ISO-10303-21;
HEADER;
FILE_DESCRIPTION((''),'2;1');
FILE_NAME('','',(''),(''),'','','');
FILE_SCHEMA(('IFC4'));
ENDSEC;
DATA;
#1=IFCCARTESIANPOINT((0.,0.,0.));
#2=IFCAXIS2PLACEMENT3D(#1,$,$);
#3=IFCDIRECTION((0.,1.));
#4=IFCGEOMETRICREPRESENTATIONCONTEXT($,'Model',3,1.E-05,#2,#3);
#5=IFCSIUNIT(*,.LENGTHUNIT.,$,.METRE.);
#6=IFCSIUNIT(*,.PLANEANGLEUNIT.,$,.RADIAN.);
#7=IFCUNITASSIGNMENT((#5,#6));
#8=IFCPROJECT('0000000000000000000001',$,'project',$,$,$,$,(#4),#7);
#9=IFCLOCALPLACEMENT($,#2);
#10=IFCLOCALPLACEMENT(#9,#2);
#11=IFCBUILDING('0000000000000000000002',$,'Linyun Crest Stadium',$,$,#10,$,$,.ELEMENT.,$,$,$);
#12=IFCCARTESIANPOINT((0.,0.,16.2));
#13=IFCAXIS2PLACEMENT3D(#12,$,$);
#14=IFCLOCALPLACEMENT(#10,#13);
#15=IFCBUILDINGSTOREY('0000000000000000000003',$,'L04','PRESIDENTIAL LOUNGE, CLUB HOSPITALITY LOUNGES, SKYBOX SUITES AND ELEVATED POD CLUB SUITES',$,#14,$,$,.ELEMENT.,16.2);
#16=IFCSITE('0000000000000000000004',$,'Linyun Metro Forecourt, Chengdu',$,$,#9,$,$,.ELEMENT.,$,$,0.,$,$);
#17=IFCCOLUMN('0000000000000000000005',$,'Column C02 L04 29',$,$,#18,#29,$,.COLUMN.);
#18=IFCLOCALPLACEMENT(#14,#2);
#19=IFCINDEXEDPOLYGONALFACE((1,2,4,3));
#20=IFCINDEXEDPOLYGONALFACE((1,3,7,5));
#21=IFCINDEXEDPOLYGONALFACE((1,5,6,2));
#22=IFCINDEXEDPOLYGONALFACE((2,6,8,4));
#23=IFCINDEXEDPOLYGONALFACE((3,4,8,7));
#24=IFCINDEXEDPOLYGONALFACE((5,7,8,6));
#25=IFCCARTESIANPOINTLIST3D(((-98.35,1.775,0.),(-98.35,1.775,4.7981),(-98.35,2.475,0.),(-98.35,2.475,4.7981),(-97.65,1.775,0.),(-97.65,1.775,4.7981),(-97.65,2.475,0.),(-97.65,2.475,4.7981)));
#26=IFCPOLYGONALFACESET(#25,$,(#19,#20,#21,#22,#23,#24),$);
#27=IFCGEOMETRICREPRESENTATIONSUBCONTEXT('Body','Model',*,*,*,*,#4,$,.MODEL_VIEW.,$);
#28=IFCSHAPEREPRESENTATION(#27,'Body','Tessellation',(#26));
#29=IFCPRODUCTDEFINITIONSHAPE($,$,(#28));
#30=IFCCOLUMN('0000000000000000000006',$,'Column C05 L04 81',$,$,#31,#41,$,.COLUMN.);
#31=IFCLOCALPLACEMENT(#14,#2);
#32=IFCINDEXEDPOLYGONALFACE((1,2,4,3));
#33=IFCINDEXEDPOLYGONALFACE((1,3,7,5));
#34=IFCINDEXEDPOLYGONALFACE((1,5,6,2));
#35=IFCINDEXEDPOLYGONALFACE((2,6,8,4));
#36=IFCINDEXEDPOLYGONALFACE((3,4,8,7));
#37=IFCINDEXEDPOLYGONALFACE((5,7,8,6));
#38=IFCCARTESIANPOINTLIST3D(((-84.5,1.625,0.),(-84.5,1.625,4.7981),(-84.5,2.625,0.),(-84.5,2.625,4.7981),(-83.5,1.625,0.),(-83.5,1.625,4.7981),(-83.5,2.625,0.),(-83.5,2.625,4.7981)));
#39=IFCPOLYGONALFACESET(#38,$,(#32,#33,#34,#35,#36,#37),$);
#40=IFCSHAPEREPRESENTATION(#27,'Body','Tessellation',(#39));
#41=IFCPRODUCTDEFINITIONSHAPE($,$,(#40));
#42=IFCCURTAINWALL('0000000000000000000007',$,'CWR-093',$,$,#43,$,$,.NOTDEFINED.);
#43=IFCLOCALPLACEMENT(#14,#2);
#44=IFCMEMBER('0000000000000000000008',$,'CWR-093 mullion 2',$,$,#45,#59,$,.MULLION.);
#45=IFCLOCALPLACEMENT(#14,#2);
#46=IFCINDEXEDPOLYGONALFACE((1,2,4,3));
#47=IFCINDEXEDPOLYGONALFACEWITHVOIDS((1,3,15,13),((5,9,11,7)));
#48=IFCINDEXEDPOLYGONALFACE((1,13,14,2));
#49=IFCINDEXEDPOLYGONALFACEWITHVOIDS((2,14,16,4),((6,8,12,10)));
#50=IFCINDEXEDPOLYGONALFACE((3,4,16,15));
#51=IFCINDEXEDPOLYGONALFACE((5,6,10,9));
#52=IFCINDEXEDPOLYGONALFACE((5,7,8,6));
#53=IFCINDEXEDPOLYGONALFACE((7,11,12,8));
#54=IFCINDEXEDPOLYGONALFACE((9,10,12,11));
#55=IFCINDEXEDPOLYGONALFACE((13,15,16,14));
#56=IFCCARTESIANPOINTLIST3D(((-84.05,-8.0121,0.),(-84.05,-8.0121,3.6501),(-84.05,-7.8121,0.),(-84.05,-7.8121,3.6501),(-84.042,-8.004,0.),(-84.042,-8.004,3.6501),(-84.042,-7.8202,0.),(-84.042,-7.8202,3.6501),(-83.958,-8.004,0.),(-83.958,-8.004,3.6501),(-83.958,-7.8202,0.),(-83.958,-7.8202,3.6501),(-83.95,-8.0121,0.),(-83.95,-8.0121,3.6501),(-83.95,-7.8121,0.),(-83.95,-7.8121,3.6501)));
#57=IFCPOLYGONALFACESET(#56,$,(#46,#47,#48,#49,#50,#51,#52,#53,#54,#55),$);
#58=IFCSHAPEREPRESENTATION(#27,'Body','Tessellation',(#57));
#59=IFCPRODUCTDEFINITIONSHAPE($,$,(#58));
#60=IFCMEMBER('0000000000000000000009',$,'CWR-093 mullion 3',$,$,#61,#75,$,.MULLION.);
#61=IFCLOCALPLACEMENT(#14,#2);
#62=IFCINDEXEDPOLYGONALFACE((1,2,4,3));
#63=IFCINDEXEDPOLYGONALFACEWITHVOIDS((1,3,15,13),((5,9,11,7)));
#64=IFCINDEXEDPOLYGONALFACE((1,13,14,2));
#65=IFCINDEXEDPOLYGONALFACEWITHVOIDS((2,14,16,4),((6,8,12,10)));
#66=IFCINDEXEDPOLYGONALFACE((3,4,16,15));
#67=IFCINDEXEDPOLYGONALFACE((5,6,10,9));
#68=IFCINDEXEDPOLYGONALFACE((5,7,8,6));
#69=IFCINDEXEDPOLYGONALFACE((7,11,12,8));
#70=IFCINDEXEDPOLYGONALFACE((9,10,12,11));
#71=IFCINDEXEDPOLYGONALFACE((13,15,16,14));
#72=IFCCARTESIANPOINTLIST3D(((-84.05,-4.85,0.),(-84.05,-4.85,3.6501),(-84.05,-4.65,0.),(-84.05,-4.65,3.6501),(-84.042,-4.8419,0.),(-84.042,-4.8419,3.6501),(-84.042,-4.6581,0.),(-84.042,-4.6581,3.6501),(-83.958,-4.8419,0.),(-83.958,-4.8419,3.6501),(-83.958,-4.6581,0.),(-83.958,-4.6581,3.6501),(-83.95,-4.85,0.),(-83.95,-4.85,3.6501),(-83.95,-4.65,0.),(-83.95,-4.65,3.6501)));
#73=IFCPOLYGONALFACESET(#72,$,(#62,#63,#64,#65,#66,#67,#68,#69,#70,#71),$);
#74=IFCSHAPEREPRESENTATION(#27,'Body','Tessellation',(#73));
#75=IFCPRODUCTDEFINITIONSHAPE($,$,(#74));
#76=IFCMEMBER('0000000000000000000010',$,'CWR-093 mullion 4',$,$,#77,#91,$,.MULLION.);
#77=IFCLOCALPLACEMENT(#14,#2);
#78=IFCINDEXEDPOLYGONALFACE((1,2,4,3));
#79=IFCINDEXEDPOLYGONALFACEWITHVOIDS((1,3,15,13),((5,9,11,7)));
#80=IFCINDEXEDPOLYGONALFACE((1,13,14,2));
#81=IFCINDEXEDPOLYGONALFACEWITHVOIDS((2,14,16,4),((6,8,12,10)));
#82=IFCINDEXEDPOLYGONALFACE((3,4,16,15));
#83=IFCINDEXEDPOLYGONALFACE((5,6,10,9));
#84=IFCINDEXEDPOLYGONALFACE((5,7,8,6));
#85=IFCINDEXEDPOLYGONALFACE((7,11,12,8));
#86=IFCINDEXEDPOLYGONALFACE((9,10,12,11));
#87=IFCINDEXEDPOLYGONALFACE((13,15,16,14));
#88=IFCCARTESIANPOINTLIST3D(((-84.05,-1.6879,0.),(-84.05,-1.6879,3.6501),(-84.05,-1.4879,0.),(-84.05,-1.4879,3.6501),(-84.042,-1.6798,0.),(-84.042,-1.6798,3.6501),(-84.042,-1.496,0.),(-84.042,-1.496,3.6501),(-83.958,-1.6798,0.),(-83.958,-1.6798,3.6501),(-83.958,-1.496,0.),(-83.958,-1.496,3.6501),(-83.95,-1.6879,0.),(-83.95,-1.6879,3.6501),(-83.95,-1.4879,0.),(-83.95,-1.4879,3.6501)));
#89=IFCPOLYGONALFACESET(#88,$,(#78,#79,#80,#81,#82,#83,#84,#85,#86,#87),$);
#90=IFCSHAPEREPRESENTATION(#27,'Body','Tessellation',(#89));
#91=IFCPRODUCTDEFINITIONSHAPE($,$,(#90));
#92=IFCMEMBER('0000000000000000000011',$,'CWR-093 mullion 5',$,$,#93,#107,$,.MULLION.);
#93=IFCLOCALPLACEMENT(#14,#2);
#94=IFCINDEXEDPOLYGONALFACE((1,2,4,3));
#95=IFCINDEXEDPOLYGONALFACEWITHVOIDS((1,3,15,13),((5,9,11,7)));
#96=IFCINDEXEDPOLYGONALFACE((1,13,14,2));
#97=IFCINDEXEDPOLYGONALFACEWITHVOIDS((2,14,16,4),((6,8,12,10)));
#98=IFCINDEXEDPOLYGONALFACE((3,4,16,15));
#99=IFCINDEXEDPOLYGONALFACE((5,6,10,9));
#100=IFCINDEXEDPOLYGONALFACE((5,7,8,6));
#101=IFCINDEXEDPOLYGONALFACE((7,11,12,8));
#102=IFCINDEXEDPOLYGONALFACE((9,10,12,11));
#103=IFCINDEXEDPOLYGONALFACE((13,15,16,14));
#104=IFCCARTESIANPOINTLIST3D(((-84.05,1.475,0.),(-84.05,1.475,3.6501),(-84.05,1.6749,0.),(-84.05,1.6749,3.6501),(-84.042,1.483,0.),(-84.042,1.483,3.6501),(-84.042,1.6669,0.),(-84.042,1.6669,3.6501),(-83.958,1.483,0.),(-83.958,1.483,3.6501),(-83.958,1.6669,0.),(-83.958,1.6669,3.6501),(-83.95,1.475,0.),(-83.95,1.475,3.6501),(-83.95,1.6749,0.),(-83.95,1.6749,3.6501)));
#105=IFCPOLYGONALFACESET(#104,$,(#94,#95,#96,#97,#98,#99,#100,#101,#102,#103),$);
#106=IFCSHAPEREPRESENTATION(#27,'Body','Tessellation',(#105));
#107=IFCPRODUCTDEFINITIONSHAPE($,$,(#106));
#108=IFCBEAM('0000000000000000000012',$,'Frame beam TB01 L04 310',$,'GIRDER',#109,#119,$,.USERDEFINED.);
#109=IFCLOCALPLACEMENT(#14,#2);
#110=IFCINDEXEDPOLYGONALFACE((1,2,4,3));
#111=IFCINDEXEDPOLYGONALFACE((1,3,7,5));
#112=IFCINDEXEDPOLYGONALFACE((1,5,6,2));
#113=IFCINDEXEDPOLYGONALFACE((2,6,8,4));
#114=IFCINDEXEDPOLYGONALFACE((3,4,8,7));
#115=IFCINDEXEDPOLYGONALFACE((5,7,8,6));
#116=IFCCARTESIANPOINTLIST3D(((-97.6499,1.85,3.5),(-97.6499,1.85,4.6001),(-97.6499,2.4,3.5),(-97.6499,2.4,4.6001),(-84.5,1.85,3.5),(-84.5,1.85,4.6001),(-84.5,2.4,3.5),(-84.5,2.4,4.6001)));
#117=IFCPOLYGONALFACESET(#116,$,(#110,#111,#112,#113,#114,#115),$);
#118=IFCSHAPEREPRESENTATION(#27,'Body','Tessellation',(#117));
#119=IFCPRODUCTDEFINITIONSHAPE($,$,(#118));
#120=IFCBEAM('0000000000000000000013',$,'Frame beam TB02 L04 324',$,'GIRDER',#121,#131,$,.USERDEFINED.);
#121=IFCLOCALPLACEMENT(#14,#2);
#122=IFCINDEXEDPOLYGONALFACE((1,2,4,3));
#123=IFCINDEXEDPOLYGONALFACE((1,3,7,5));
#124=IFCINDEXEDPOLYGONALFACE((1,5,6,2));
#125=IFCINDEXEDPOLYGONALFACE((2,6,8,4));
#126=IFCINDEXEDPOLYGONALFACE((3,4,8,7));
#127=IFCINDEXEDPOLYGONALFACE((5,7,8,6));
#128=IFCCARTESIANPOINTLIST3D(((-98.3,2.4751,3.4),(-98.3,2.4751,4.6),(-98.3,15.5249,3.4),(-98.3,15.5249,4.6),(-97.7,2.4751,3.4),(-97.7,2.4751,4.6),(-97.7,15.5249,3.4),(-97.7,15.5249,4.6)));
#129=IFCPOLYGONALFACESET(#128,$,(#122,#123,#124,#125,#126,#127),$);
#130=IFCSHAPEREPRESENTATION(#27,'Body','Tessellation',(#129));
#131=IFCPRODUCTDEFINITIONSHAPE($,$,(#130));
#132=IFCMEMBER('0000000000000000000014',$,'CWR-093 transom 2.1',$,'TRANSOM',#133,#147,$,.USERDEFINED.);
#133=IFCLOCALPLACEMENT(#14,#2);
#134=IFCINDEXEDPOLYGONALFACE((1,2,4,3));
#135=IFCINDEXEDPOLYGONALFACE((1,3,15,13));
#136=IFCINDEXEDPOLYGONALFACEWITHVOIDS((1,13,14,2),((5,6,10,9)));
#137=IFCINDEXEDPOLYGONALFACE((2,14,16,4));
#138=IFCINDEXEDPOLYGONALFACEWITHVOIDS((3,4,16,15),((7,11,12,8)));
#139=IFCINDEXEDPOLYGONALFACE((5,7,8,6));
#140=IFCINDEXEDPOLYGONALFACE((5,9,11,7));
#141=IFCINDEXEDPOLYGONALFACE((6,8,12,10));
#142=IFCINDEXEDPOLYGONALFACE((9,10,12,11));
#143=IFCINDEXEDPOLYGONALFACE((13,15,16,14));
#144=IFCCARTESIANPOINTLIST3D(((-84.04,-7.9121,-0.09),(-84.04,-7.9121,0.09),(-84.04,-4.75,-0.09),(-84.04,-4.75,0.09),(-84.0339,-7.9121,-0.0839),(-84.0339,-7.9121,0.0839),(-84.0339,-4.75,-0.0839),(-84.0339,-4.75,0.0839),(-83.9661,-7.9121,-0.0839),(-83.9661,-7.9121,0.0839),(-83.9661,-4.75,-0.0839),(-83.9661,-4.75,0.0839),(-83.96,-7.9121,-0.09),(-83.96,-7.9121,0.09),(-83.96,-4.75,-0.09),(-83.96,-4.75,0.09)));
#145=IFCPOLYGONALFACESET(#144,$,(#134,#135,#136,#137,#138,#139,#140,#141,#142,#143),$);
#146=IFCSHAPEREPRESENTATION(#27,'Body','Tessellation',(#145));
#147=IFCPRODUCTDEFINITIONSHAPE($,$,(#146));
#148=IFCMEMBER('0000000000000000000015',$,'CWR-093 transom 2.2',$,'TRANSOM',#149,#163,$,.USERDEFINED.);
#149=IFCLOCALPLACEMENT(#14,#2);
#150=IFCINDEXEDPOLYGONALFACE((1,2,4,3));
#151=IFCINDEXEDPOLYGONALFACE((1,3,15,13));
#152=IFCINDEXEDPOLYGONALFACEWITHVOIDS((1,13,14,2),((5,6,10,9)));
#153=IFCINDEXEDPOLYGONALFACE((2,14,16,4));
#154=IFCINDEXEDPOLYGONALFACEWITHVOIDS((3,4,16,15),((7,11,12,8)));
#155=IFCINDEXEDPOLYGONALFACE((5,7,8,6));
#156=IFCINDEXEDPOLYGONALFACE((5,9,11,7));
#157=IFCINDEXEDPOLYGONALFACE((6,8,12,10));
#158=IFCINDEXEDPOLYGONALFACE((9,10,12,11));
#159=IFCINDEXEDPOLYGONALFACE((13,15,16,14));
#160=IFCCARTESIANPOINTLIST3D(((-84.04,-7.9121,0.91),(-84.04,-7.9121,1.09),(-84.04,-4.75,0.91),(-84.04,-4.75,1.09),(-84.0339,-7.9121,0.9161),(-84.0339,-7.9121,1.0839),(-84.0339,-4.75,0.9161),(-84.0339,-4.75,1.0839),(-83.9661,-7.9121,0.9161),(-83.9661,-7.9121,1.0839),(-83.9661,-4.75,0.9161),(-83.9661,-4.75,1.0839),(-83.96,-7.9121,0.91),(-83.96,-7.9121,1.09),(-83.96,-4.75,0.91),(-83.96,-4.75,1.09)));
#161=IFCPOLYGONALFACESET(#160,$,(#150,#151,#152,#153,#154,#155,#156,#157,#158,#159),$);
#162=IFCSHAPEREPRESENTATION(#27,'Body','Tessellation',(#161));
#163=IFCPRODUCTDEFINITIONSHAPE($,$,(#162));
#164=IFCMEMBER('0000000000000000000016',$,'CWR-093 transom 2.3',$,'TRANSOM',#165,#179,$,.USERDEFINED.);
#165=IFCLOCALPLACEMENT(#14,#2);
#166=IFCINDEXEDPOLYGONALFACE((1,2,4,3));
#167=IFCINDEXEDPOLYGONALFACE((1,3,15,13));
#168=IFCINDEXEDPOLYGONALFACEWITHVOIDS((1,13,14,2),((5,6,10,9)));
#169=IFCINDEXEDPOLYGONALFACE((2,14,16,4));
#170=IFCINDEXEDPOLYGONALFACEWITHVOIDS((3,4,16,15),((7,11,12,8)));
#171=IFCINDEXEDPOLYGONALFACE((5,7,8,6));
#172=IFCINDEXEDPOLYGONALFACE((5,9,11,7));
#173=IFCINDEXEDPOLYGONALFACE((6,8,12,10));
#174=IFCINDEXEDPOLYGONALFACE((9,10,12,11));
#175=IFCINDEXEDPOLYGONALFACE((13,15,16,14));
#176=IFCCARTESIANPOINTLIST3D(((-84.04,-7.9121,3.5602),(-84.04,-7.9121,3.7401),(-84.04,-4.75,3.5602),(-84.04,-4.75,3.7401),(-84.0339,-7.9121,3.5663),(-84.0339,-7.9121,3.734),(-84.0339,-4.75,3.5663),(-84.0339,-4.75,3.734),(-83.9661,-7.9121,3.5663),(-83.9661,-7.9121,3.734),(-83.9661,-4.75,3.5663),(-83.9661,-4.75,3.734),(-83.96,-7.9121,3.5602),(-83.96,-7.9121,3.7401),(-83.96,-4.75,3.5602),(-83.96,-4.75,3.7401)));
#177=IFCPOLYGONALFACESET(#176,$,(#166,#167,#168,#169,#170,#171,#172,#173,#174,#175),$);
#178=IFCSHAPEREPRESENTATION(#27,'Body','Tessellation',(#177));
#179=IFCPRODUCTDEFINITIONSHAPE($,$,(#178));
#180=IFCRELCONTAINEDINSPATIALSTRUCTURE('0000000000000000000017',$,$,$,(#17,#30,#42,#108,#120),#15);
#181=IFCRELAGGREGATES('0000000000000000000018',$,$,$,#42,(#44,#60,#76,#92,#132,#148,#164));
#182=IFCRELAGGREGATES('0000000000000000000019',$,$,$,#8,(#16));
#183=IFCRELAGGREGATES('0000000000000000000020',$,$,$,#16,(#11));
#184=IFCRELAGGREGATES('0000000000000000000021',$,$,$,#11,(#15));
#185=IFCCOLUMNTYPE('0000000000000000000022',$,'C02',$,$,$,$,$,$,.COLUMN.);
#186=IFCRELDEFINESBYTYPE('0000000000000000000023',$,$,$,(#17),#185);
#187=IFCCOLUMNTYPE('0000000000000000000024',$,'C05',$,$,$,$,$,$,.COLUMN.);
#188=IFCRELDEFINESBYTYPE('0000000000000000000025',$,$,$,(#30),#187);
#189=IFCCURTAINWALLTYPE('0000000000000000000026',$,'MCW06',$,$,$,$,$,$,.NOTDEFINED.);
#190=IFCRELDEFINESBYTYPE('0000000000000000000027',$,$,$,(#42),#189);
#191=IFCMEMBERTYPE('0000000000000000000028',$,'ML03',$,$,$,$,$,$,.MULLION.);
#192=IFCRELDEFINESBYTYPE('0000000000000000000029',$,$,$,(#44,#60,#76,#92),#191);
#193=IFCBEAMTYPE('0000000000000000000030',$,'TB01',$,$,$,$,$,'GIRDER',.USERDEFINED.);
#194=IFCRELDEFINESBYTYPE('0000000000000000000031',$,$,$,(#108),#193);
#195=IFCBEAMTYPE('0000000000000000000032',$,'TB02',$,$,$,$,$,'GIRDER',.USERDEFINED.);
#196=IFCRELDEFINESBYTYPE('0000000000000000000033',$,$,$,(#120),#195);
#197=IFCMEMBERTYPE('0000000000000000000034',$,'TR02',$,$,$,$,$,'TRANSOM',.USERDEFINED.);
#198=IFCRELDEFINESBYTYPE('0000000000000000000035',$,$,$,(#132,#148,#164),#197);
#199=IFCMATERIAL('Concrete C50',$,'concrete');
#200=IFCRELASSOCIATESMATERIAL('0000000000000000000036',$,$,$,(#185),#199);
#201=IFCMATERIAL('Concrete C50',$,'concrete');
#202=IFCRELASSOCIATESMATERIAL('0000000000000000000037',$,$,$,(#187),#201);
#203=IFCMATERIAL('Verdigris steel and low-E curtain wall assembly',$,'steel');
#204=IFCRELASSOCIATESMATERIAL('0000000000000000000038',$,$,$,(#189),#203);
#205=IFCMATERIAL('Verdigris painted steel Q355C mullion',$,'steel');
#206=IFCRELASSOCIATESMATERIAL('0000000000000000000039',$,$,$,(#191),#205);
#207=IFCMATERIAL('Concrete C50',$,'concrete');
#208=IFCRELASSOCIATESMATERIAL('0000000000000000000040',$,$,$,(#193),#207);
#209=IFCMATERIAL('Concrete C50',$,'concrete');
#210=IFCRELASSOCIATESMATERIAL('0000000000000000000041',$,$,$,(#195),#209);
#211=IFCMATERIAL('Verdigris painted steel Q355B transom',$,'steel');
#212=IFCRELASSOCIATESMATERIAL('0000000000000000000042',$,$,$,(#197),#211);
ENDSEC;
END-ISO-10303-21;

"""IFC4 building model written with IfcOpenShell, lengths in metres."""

from ifc_helpers import new_model, si_unit, direction, frame, origin, origin_2d, place, context, subcontext, project, spatial, rectangle, hollow_rectangle, extrude, material, material_profile, profile_set, type_object, element, aggregate, save


model = new_model("IFC4")

# Units and contexts
model_context = context("Model", 3, precision=1e-05, world=origin(), true_north=direction((0.0, 1.0)))
body_context = subcontext(model_context, "Body", "Model", "MODEL_VIEW")
ifc_project = project(units=[si_unit("LENGTHUNIT", "METRE"), si_unit("PLANEANGLEUNIT", "RADIAN")], contexts=[model_context])

# Site, building, storey
site_placement = place(None, origin())
site = spatial("IfcSite", under=ifc_project, at=site_placement, Name="Linyun Metro Forecourt, Chengdu", CompositionType="ELEMENT", RefElevation=0.0)
building_placement = place(site_placement, origin())
building = spatial("IfcBuilding", under=site, at=building_placement, Name="Linyun Crest Stadium", CompositionType="ELEMENT")
storey_placement = place(building_placement, frame((0.0, 0.0, 16.2)))
storey = spatial("IfcBuildingStorey", under=building, at=storey_placement, Name="L04", Description="PRESIDENTIAL LOUNGE, CLUB HOSPITALITY LOUNGES, SKYBOX SUITES AND ELEVATED POD CLUB SUITES", CompositionType="ELEMENT", Elevation=16.2)

# Columns
ifc_material_1 = material(Name="Concrete C50", Category="concrete")
ifc_material_profile_1 = material_profile(ifc_material_1, rectangle(XDim=0.7, YDim=0.7, at=origin_2d()), Name="RC 700x700")
ifc_profile_set_1 = profile_set([ifc_material_profile_1], Name="Concrete C50")
column_type_1 = type_object("IfcColumnType", Name="C02", PredefinedType="COLUMN", material=ifc_profile_set_1)
column_1_placement = place(storey_placement, frame((-98.0, 2.125, 0.0), z_axis=(0.0, 0.0, 1.0), x_axis=(1.0, 0.0, 0.0)))
element("IfcColumn", 1, at=column_1_placement, inside=storey, type_object=column_type_1, Name="Column C02 L04 29", PredefinedType="COLUMN", context=body_context, shape_type="SweptSolid", body=[
    extrude(rectangle(XDim=0.7, YDim=0.7, at=origin_2d()), origin(), (0.0, 0.0, 1.0), 4.7981),
])
ifc_material_2 = material(Name="Concrete C50", Category="concrete")
ifc_material_profile_2 = material_profile(ifc_material_2, rectangle(XDim=1.0, YDim=1.0, at=origin_2d()), Name="RC 1000x1000")
ifc_profile_set_2 = profile_set([ifc_material_profile_2], Name="Concrete C50")
column_type_2 = type_object("IfcColumnType", Name="C05", PredefinedType="COLUMN", material=ifc_profile_set_2)
column_2_placement = place(storey_placement, frame((-84.0, 2.125, 0.0), z_axis=(0.0, 0.0, 1.0), x_axis=(1.0, 0.0, 0.0)))
element("IfcColumn", 2, at=column_2_placement, inside=storey, type_object=column_type_2, Name="Column C05 L04 81", PredefinedType="COLUMN", context=body_context, shape_type="SweptSolid", body=[
    extrude(rectangle(XDim=1.0, YDim=1.0, at=origin_2d()), origin(), (0.0, 0.0, 1.0), 4.7981),
])

# Curtain wall, members
ifc_material_3 = material(Name="Verdigris steel and low-E curtain wall assembly", Category="steel")
curtain_wall_type = type_object("IfcCurtainWallType", Name="MCW06", PredefinedType="NOTDEFINED", material=ifc_material_3)
curtain_wall_placement = place(storey_placement, origin())
curtain_wall = element("IfcCurtainWall", 3, at=curtain_wall_placement, inside=storey, type_object=curtain_wall_type, Name="CWR-093", PredefinedType="NOTDEFINED")
ifc_material_4 = material(Name="Verdigris painted steel Q355C mullion", Category="steel")
ifc_material_profile_3 = material_profile(ifc_material_4, hollow_rectangle(XDim=0.1001, YDim=0.2, WallThickness=0.0081, at=origin_2d()), Name="RHS 200x100x8")
ifc_profile_set_3 = profile_set([ifc_material_profile_3], Name="Verdigris painted steel Q355C mullion")
member_type_1 = type_object("IfcMemberType", Name="ML03", PredefinedType="MULLION", material=ifc_profile_set_3)
member_1_placement = place(storey_placement, frame((-84.0, -7.9121, 0.0), z_axis=(0.0, 0.0, 1.0), x_axis=(-1.0, 0.0, 0.0)))
member_1 = element("IfcMember", 4, at=member_1_placement, type_object=member_type_1, Name="CWR-093 mullion 2", PredefinedType="MULLION", context=body_context, shape_type="SweptSolid", body=[
    extrude(hollow_rectangle(XDim=0.1001, YDim=0.2, WallThickness=0.0081, at=origin_2d()), origin(), (0.0, 0.0, 1.0), 3.6501),
])
member_2_placement = place(storey_placement, frame((-84.0, -4.75, 0.0), z_axis=(0.0, 0.0, 1.0), x_axis=(-1.0, 0.0, 0.0)))
member_2 = element("IfcMember", 5, at=member_2_placement, type_object=member_type_1, Name="CWR-093 mullion 3", PredefinedType="MULLION", context=body_context, shape_type="SweptSolid", body=[
    extrude(hollow_rectangle(XDim=0.1001, YDim=0.2, WallThickness=0.0081, at=origin_2d()), origin(), (0.0, 0.0, 1.0), 3.6501),
])
member_3_placement = place(storey_placement, frame((-84.0, -1.5879, 0.0), z_axis=(0.0, 0.0, 1.0), x_axis=(-1.0, 0.0, 0.0)))
member_3 = element("IfcMember", 6, at=member_3_placement, type_object=member_type_1, Name="CWR-093 mullion 4", PredefinedType="MULLION", context=body_context, shape_type="SweptSolid", body=[
    extrude(hollow_rectangle(XDim=0.1001, YDim=0.2, WallThickness=0.0081, at=origin_2d()), origin(), (0.0, 0.0, 1.0), 3.6501),
])
member_4_placement = place(storey_placement, frame((-84.0, 1.575, 0.0), z_axis=(0.0, 0.0, 1.0), x_axis=(-1.0, 0.0, 0.0)))
member_4 = element("IfcMember", 7, at=member_4_placement, type_object=member_type_1, Name="CWR-093 mullion 5", PredefinedType="MULLION", context=body_context, shape_type="SweptSolid", body=[
    extrude(hollow_rectangle(XDim=0.1001, YDim=0.2, WallThickness=0.0081, at=origin_2d()), origin(), (0.0, 0.0, 1.0), 3.6501),
])

# Beams
ifc_material_5 = material(Name="Concrete C50", Category="concrete")
ifc_material_profile_4 = material_profile(ifc_material_5, rectangle(XDim=0.55, YDim=1.1001, at=origin_2d()), Name="RCB 1100x550")
ifc_profile_set_4 = profile_set([ifc_material_profile_4], Name="Concrete C50")
beam_type_1 = type_object("IfcBeamType", Name="TB01", ElementType="GIRDER", PredefinedType="USERDEFINED", material=ifc_profile_set_4)
beam_1_placement = place(storey_placement, frame((-97.6499, 2.125, 4.05), z_axis=(1.0, 0.0, 0.0), x_axis=(0.0, 1.0, 0.0)))
element("IfcBeam", 8, at=beam_1_placement, inside=storey, type_object=beam_type_1, Name="Frame beam TB01 L04 310", ObjectType="GIRDER", PredefinedType="USERDEFINED", context=body_context, shape_type="SweptSolid", body=[
    extrude(rectangle(XDim=0.55, YDim=1.1001, at=origin_2d()), origin(), (0.0, 0.0, 1.0), 13.1499),
])
ifc_material_6 = material(Name="Concrete C50", Category="concrete")
ifc_material_profile_5 = material_profile(ifc_material_6, rectangle(XDim=0.6001, YDim=1.2, at=origin_2d()), Name="RCB 1200x600")
ifc_profile_set_5 = profile_set([ifc_material_profile_5], Name="Concrete C50")
beam_type_2 = type_object("IfcBeamType", Name="TB02", ElementType="GIRDER", PredefinedType="USERDEFINED", material=ifc_profile_set_5)
beam_2_placement = place(storey_placement, frame((-98.0, 2.4751, 4.0), z_axis=(0.0, 1.0, 0.0), x_axis=(-1.0, 0.0, 0.0)))
element("IfcBeam", 9, at=beam_2_placement, inside=storey, type_object=beam_type_2, Name="Frame beam TB02 L04 324", ObjectType="GIRDER", PredefinedType="USERDEFINED", context=body_context, shape_type="SweptSolid", body=[
    extrude(rectangle(XDim=0.6001, YDim=1.2, at=origin_2d()), origin(), (0.0, 0.0, 1.0), 13.0498),
])

# Members
ifc_material_7 = material(Name="Verdigris painted steel Q355B transom", Category="steel")
ifc_material_profile_6 = material_profile(ifc_material_7, hollow_rectangle(XDim=0.0801, YDim=0.1799, WallThickness=0.0061, at=origin_2d()), Name="RHS 180x80x6")
ifc_profile_set_6 = profile_set([ifc_material_profile_6], Name="Verdigris painted steel Q355B transom")
member_type_2 = type_object("IfcMemberType", Name="TR02", ElementType="TRANSOM", PredefinedType="USERDEFINED", material=ifc_profile_set_6)
member_5_placement = place(storey_placement, frame((-84.0, -7.9121, 0.0), z_axis=(0.0, 1.0, 0.0), x_axis=(-1.0, 0.0, 0.0)))
member_5 = element("IfcMember", 10, at=member_5_placement, type_object=member_type_2, Name="CWR-093 transom 2.1", ObjectType="TRANSOM", PredefinedType="USERDEFINED", context=body_context, shape_type="SweptSolid", body=[
    extrude(hollow_rectangle(XDim=0.0801, YDim=0.1799, WallThickness=0.0061, at=origin_2d()), origin(), (0.0, 0.0, 1.0), 3.1621),
])
member_6_placement = place(storey_placement, frame((-84.0, -7.9121, 1.0), z_axis=(0.0, 1.0, 0.0), x_axis=(-1.0, 0.0, 0.0)))
member_6 = element("IfcMember", 11, at=member_6_placement, type_object=member_type_2, Name="CWR-093 transom 2.2", ObjectType="TRANSOM", PredefinedType="USERDEFINED", context=body_context, shape_type="SweptSolid", body=[
    extrude(hollow_rectangle(XDim=0.0801, YDim=0.1799, WallThickness=0.0061, at=origin_2d()), origin(), (0.0, 0.0, 1.0), 3.1621),
])
member_7_placement = place(storey_placement, frame((-84.0, -7.9121, 3.6501), z_axis=(0.0, 1.0, 0.0), x_axis=(-1.0, 0.0, 0.0)))
member_7 = element("IfcMember", 12, at=member_7_placement, type_object=member_type_2, Name="CWR-093 transom 2.3", ObjectType="TRANSOM", PredefinedType="USERDEFINED", context=body_context, shape_type="SweptSolid", body=[
    extrude(hollow_rectangle(XDim=0.0801, YDim=0.1799, WallThickness=0.0061, at=origin_2d()), origin(), (0.0, 0.0, 1.0), 3.1621),
])

aggregate(curtain_wall, [member_1, member_2, member_3, member_4, member_5, member_6, member_7])

save(model, "model.ifc")
